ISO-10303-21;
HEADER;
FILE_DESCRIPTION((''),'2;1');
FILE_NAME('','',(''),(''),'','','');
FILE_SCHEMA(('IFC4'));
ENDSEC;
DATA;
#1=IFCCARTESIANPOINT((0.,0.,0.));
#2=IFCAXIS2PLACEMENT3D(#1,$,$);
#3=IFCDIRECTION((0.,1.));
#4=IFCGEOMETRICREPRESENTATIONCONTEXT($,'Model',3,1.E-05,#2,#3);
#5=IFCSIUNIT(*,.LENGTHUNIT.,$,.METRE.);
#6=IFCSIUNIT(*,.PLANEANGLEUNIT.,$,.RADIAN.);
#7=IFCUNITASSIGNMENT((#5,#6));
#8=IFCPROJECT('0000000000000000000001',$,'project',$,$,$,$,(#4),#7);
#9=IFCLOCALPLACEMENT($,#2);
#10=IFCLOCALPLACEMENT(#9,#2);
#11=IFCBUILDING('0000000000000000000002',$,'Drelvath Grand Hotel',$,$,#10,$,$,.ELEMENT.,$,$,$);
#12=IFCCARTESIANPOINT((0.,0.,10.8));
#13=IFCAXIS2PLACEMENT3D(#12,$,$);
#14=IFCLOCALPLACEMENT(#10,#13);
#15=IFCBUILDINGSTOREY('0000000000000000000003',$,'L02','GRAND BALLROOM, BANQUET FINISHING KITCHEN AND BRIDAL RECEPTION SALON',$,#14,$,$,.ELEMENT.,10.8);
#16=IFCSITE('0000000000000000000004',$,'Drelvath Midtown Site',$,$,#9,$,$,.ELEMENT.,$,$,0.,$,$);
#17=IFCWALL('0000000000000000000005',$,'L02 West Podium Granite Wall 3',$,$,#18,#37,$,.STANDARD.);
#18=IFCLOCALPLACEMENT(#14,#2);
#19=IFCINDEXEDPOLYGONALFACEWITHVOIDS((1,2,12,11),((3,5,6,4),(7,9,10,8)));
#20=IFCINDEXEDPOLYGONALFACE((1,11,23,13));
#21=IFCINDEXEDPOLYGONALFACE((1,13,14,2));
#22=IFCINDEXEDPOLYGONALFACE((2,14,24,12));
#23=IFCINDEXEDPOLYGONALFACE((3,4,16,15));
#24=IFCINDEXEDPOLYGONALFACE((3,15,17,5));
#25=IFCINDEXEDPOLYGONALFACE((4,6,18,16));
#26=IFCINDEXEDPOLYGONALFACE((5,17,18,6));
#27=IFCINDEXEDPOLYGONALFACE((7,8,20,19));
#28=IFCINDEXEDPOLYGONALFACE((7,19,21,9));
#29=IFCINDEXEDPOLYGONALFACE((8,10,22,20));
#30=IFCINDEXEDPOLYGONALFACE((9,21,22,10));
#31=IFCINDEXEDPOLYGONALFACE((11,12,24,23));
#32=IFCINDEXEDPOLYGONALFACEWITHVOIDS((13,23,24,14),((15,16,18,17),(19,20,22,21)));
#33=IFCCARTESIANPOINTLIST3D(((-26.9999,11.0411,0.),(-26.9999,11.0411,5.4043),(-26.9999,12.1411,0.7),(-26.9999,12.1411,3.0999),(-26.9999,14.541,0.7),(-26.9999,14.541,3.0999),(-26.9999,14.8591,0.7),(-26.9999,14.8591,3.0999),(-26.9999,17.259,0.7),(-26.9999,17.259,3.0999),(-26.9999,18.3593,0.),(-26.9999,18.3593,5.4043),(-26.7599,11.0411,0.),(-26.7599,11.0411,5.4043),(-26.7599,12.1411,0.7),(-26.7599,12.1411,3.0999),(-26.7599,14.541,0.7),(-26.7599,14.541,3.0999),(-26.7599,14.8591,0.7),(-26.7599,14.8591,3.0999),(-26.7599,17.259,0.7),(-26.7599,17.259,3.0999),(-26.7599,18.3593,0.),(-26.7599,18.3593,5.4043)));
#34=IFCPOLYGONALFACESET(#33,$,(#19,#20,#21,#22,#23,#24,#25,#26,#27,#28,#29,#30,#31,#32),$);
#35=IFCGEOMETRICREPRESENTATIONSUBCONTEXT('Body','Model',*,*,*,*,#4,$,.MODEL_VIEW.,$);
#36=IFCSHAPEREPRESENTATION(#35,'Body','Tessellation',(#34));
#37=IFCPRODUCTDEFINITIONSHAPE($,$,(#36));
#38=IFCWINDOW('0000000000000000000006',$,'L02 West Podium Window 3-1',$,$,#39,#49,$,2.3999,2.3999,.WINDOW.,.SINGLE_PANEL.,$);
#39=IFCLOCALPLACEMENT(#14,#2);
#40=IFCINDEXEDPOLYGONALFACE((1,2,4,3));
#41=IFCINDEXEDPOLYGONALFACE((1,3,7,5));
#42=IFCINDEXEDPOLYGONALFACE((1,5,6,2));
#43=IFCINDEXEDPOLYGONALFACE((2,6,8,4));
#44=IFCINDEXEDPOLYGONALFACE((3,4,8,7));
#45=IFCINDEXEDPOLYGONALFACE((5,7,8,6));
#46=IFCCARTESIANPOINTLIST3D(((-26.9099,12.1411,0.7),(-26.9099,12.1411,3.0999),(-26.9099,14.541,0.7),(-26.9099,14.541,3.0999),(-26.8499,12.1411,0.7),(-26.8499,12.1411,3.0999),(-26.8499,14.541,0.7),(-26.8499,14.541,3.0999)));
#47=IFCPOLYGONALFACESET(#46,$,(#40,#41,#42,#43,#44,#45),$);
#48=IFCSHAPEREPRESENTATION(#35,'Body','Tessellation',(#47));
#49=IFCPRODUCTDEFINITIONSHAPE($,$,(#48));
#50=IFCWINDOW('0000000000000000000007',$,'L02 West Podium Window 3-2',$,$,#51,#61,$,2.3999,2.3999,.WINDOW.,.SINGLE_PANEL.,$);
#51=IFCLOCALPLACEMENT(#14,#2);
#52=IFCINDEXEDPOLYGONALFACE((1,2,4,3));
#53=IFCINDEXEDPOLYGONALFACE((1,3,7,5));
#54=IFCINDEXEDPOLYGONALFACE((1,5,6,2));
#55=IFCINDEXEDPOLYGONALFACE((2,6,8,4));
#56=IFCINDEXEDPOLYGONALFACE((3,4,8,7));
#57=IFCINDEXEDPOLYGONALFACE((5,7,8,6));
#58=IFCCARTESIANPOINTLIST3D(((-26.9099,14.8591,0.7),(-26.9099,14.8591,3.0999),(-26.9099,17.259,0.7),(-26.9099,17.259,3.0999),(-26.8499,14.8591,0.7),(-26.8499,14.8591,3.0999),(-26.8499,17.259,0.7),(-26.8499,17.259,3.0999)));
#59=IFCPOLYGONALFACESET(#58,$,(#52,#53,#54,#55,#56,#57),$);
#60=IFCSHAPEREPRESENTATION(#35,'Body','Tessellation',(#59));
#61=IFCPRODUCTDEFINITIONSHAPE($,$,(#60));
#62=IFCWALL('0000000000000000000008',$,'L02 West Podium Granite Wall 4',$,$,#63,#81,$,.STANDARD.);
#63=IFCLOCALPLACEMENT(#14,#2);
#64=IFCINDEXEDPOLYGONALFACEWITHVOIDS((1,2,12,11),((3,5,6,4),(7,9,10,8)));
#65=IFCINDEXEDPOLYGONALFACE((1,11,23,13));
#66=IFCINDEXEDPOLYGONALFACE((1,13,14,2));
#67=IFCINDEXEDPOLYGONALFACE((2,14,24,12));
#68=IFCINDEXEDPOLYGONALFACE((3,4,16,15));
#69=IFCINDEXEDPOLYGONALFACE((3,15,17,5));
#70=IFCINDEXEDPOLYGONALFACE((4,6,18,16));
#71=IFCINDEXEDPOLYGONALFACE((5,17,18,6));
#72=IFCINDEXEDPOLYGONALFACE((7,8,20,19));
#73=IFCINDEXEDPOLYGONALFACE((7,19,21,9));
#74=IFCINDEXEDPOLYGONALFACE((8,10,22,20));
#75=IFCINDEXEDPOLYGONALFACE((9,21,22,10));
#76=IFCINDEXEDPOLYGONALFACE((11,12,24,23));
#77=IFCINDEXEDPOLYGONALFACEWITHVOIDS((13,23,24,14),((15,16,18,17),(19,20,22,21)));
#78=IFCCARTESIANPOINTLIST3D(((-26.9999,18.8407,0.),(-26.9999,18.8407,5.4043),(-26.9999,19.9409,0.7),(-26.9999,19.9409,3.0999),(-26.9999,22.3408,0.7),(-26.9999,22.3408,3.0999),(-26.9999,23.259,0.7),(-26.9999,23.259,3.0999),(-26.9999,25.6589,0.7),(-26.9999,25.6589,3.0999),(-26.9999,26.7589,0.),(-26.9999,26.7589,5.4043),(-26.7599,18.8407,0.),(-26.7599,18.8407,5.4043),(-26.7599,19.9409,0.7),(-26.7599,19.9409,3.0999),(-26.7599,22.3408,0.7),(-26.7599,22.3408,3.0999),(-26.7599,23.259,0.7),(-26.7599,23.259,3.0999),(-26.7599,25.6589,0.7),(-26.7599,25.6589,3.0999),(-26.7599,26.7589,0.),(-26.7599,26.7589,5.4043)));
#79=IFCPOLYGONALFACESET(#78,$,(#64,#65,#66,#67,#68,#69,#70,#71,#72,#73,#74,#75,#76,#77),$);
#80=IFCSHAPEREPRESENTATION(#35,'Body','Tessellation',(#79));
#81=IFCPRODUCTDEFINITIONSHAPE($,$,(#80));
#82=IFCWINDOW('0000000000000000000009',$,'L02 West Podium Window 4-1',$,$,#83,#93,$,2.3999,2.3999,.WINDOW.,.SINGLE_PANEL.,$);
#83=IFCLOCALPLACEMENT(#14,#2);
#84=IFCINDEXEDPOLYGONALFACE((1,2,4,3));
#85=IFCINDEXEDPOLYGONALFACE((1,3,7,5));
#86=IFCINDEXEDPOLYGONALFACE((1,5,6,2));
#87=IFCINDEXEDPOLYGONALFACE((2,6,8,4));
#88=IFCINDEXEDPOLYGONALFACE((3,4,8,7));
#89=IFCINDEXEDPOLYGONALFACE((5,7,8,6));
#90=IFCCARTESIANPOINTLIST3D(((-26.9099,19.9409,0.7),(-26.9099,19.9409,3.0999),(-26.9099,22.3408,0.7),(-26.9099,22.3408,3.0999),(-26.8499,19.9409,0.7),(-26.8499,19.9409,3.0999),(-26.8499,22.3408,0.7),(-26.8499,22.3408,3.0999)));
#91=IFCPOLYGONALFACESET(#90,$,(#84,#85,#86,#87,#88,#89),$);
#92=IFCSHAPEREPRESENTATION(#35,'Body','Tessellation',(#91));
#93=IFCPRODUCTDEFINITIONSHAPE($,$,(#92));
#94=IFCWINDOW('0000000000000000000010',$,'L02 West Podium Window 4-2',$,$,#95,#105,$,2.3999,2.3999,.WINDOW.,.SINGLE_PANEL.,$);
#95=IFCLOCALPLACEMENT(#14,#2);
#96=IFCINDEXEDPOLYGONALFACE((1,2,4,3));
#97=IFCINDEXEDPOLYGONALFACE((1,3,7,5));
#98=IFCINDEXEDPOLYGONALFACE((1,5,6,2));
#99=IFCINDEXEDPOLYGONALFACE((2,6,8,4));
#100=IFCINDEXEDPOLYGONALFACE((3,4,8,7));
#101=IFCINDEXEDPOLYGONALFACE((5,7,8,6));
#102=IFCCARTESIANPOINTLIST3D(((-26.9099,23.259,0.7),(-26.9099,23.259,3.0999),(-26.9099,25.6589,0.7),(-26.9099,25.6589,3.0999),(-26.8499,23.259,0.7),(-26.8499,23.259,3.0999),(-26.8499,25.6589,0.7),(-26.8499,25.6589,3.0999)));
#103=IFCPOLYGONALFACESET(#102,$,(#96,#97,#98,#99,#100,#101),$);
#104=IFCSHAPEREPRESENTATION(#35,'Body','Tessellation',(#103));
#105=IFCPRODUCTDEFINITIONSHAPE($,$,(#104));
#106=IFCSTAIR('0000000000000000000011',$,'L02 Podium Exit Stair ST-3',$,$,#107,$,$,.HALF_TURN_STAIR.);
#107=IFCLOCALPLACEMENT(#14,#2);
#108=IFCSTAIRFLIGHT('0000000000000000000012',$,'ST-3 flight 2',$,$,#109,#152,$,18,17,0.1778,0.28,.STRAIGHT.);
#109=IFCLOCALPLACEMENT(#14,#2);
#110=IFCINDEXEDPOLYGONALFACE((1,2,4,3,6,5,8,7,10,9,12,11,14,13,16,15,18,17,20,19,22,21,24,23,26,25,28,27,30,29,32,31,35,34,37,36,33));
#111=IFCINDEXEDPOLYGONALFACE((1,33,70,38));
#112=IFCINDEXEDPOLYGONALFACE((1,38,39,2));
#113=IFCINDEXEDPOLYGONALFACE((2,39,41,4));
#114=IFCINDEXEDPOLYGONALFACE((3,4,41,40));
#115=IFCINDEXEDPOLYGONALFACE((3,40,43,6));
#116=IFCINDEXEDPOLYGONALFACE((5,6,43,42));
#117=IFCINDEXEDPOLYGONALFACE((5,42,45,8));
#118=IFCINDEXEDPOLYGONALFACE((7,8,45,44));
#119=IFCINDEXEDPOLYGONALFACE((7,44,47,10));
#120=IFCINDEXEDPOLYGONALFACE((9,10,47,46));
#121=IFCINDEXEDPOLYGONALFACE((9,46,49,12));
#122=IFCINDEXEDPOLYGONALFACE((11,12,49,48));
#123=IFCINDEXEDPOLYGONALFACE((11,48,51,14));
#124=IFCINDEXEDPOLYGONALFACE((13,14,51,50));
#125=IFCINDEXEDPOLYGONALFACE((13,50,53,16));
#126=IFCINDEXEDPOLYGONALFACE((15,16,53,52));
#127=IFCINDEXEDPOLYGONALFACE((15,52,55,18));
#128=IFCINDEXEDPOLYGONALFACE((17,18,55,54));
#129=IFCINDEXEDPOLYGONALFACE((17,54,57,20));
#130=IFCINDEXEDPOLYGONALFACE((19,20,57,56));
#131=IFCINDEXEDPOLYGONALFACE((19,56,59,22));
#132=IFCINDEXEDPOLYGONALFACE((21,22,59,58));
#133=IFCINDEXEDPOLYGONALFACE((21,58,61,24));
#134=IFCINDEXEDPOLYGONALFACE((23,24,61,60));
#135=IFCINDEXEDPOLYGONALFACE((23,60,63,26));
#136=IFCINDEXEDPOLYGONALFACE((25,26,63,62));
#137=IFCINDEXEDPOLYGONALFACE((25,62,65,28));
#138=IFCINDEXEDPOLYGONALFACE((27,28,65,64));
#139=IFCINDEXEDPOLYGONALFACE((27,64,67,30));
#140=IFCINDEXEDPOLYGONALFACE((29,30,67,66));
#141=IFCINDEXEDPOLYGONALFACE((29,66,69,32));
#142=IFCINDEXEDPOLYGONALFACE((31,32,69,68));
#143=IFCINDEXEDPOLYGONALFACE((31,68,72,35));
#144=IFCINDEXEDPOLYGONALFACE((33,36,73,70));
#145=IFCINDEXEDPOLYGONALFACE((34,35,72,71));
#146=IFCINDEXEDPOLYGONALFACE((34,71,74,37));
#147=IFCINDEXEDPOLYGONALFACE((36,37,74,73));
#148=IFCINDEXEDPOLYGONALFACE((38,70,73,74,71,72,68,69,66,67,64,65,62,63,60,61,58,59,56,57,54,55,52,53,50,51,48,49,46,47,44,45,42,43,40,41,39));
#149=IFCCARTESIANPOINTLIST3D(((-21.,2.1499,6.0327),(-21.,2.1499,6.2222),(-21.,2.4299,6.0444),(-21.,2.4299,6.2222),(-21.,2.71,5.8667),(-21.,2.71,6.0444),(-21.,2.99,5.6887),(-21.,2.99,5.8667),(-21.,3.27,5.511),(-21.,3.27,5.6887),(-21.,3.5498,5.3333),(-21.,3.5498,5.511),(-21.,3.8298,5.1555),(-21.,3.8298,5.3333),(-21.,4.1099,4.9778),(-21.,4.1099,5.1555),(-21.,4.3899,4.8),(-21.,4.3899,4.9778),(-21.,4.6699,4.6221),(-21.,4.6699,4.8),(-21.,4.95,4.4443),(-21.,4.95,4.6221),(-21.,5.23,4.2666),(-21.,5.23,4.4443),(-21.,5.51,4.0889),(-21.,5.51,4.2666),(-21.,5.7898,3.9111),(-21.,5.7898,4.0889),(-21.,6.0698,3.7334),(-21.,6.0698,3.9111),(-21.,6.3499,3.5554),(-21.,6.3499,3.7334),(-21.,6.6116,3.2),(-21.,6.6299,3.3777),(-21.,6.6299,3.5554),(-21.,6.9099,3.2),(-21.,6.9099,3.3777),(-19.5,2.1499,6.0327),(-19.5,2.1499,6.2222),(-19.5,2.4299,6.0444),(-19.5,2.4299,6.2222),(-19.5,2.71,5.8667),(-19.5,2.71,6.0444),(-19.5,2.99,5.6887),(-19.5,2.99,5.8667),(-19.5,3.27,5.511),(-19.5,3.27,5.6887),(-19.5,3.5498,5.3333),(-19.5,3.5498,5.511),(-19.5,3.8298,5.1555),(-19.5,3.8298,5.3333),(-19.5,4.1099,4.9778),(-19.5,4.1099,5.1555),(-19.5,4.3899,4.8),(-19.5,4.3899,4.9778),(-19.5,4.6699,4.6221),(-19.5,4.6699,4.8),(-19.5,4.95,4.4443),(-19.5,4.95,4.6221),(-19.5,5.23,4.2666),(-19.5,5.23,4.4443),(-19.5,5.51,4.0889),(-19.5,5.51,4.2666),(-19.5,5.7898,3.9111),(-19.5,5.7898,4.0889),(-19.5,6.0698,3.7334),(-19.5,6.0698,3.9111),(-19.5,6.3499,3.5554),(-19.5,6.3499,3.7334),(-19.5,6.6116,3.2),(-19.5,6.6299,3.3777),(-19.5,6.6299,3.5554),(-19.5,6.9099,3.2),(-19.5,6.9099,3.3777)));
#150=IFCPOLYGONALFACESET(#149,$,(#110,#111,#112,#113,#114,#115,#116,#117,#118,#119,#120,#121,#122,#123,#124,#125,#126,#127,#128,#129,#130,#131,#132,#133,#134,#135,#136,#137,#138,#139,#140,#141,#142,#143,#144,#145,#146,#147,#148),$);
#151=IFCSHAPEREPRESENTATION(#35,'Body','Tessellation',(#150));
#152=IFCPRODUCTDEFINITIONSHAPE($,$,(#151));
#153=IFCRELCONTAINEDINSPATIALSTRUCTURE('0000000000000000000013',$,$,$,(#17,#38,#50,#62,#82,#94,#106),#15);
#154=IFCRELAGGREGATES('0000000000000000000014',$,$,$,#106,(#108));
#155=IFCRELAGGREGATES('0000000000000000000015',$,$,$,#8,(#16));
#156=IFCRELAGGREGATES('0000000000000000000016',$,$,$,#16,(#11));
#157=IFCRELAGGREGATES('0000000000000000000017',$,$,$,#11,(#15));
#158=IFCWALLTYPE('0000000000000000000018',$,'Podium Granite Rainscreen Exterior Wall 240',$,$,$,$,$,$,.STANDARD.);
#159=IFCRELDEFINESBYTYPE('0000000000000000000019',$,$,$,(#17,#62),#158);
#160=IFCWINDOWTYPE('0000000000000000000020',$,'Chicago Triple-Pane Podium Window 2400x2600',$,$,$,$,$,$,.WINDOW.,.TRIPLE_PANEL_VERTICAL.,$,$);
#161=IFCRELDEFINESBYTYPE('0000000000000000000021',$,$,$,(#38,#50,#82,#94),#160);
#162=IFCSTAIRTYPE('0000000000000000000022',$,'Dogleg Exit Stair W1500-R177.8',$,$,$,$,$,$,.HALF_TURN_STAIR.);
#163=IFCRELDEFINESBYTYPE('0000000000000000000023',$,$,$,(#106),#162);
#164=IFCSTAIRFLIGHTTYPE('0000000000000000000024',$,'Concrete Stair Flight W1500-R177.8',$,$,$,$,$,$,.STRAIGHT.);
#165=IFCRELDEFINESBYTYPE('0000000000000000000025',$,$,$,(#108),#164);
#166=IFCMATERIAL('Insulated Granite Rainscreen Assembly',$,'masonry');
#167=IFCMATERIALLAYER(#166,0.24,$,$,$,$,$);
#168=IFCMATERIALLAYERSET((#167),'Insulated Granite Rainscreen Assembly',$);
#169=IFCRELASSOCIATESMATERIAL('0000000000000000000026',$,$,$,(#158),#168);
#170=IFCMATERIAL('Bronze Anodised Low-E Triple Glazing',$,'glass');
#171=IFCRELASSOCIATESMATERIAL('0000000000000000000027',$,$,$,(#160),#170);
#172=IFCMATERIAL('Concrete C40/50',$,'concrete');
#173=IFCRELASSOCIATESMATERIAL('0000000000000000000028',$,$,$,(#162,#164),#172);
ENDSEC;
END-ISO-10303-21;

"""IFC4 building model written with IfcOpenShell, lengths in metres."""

from ifc_helpers import new_model, si_unit, direction, frame, frame_2d, origin, place, context, subcontext, project, spatial, polyline, rectangle, outline, extrude, material, layer, layer_set, type_object, element, fill, aggregate, save


model = new_model("IFC4")

# Units and contexts
model_context = context("Model", 3, precision=1e-05, world=origin(), true_north=direction((0.0, 1.0)))
body_context = subcontext(model_context, "Body", "Model", "MODEL_VIEW")
ifc_project = project(units=[si_unit("LENGTHUNIT", "METRE"), si_unit("PLANEANGLEUNIT", "RADIAN")], contexts=[model_context])

# Site, building, storey
site_placement = place(None, origin())
site = spatial("IfcSite", under=ifc_project, at=site_placement, Name="Drelvath Midtown Site", CompositionType="ELEMENT", RefElevation=0.0)
building_placement = place(site_placement, origin())
building = spatial("IfcBuilding", under=site, at=building_placement, Name="Drelvath Grand Hotel", CompositionType="ELEMENT")
storey_placement = place(building_placement, frame((0.0, 0.0, 10.8)))
storey = spatial("IfcBuildingStorey", under=building, at=storey_placement, Name="L02", Description="GRAND BALLROOM, BANQUET FINISHING KITCHEN AND BRIDAL RECEPTION SALON", CompositionType="ELEMENT", Elevation=10.8)

# Shared definitions
ifc_material_1 = material(Name="Concrete C40/50", Category="concrete")

# Shared definitions
ifc_material_2 = material(Name="Insulated Granite Rainscreen Assembly", Category="masonry")
ifc_layer_1 = layer(ifc_material_2, 0.24)
ifc_layer_set_1 = layer_set([ifc_layer_1], Name="Insulated Granite Rainscreen Assembly")
wall_type_1 = type_object("IfcWallType", Name="Podium Granite Rainscreen Exterior Wall 240", PredefinedType="STANDARD", material=ifc_layer_set_1)
ifc_material_3 = material(Name="Bronze Anodised Low-E Triple Glazing", Category="glass")

# Walls, openings, windows
wall_1_placement = place(storey_placement, frame((-26.8799, 11.041, 0.0), z_axis=(0.0, 0.0, 1.0), x_axis=(0.0, 1.0, 0.0)))
wall_1 = element("IfcWall", 1, at=wall_1_placement, inside=storey, type_object=wall_type_1, Name="L02 West Podium Granite Wall 3", PredefinedType="STANDARD", context=body_context, shape_type="SweptSolid", body=[
    extrude(rectangle(XDim=7.3181, YDim=0.24, at=frame_2d((3.6592, 0.0))), origin(), (0.0, 0.0, 1.0), 5.4043),
])
opening_1_placement = place(wall_1_placement, frame((1.1001, 0.0, 0.7)))
opening_1 = element("IfcOpeningElement", 2, at=opening_1_placement, cuts=wall_1, PredefinedType="OPENING", context=body_context, shape_type="SweptSolid", body=[
    extrude(rectangle(XDim=2.3999, YDim=2.3999, at=frame_2d((1.2, 1.2))), frame((0.0, 0.1299, 0.0), z_axis=(0.0, -1.0, 0.0), x_axis=(1.0, 0.0, 0.0)), (0.0, 0.0, 1.0), 0.26),
])
opening_2_placement = place(wall_1_placement, frame((3.8181, 0.0, 0.7)))
opening_2 = element("IfcOpeningElement", 3, at=opening_2_placement, cuts=wall_1, PredefinedType="OPENING", context=body_context, shape_type="SweptSolid", body=[
    extrude(rectangle(XDim=2.3999, YDim=2.3999, at=frame_2d((1.2, 1.2))), frame((0.0, 0.1299, 0.0), z_axis=(0.0, -1.0, 0.0), x_axis=(1.0, 0.0, 0.0)), (0.0, 0.0, 1.0), 0.26),
])
window_type_1 = type_object("IfcWindowType", Name="Chicago Triple-Pane Podium Window 2400x2600", PartitioningType="TRIPLE_PANEL_VERTICAL", PredefinedType="WINDOW", material=ifc_material_3)
window_1_placement = place(opening_1_placement, origin())
window_1 = element("IfcWindow", 4, at=window_1_placement, inside=storey, type_object=window_type_1, Name="L02 West Podium Window 3-1", OverallHeight=2.3999, OverallWidth=2.3999, PartitioningType="SINGLE_PANEL", PredefinedType="WINDOW", context=body_context, shape_type="SweptSolid", body=[
    extrude(rectangle(XDim=2.3999, YDim=2.3999, at=frame_2d((1.2, 1.2))), frame((0.0, 0.03, 0.0), z_axis=(0.0, -1.0, 0.0), x_axis=(1.0, 0.0, 0.0)), (0.0, 0.0, 1.0), 0.0601),
])
fill(opening_1, window_1)
window_2_placement = place(opening_2_placement, origin())
window_2 = element("IfcWindow", 5, at=window_2_placement, inside=storey, type_object=window_type_1, Name="L02 West Podium Window 3-2", OverallHeight=2.3999, OverallWidth=2.3999, PartitioningType="SINGLE_PANEL", PredefinedType="WINDOW", context=body_context, shape_type="SweptSolid", body=[
    extrude(rectangle(XDim=2.3999, YDim=2.3999, at=frame_2d((1.2, 1.2))), frame((0.0, 0.03, 0.0), z_axis=(0.0, -1.0, 0.0), x_axis=(1.0, 0.0, 0.0)), (0.0, 0.0, 1.0), 0.0601),
])
fill(opening_2, window_2)
wall_2_placement = place(storey_placement, frame((-26.8799, 18.8408, 0.0), z_axis=(0.0, 0.0, 1.0), x_axis=(0.0, 1.0, 0.0)))
wall_2 = element("IfcWall", 6, at=wall_2_placement, inside=storey, type_object=wall_type_1, Name="L02 West Podium Granite Wall 4", PredefinedType="STANDARD", context=body_context, shape_type="SweptSolid", body=[
    extrude(rectangle(XDim=7.9182, YDim=0.24, at=frame_2d((3.959, 0.0))), origin(), (0.0, 0.0, 1.0), 5.4043),
])
opening_3_placement = place(wall_2_placement, frame((1.1001, 0.0, 0.7)))
opening_3 = element("IfcOpeningElement", 7, at=opening_3_placement, cuts=wall_2, PredefinedType="OPENING", context=body_context, shape_type="SweptSolid", body=[
    extrude(rectangle(XDim=2.3999, YDim=2.3999, at=frame_2d((1.2, 1.2))), frame((0.0, 0.1299, 0.0), z_axis=(0.0, -1.0, 0.0), x_axis=(1.0, 0.0, 0.0)), (0.0, 0.0, 1.0), 0.26),
])
opening_4_placement = place(wall_2_placement, frame((4.4182, 0.0, 0.7)))
opening_4 = element("IfcOpeningElement", 8, at=opening_4_placement, cuts=wall_2, PredefinedType="OPENING", context=body_context, shape_type="SweptSolid", body=[
    extrude(rectangle(XDim=2.3999, YDim=2.3999, at=frame_2d((1.2, 1.2))), frame((0.0, 0.1299, 0.0), z_axis=(0.0, -1.0, 0.0), x_axis=(1.0, 0.0, 0.0)), (0.0, 0.0, 1.0), 0.26),
])
window_3_placement = place(opening_3_placement, origin())
window_3 = element("IfcWindow", 9, at=window_3_placement, inside=storey, type_object=window_type_1, Name="L02 West Podium Window 4-1", OverallHeight=2.3999, OverallWidth=2.3999, PartitioningType="SINGLE_PANEL", PredefinedType="WINDOW", context=body_context, shape_type="SweptSolid", body=[
    extrude(rectangle(XDim=2.3999, YDim=2.3999, at=frame_2d((1.2, 1.2))), frame((0.0, 0.03, 0.0), z_axis=(0.0, -1.0, 0.0), x_axis=(1.0, 0.0, 0.0)), (0.0, 0.0, 1.0), 0.0601),
])
fill(opening_3, window_3)
window_4_placement = place(opening_4_placement, origin())
window_4 = element("IfcWindow", 10, at=window_4_placement, inside=storey, type_object=window_type_1, Name="L02 West Podium Window 4-2", OverallHeight=2.3999, OverallWidth=2.3999, PartitioningType="SINGLE_PANEL", PredefinedType="WINDOW", context=body_context, shape_type="SweptSolid", body=[
    extrude(rectangle(XDim=2.3999, YDim=2.3999, at=frame_2d((1.2, 1.2))), frame((0.0, 0.03, 0.0), z_axis=(0.0, -1.0, 0.0), x_axis=(1.0, 0.0, 0.0)), (0.0, 0.0, 1.0), 0.0601),
])
fill(opening_4, window_4)

# Stair, stair flight
stair_type = type_object("IfcStairType", Name="Dogleg Exit Stair W1500-R177.8", PredefinedType="HALF_TURN_STAIR", material=ifc_material_1)
stair_placement = place(storey_placement, origin())
stair = element("IfcStair", 11, at=stair_placement, inside=storey, type_object=stair_type, Name="L02 Podium Exit Stair ST-3", PredefinedType="HALF_TURN_STAIR")
stair_flight_type = type_object("IfcStairFlightType", Name="Concrete Stair Flight W1500-R177.8", PredefinedType="STRAIGHT", material=ifc_material_1)
stair_flight_placement = place(storey_placement, frame((-20.25, 6.9099, 3.2), z_axis=(0.0, 0.0, 1.0), x_axis=(0.0, -1.0, 0.0)))
stair_flight = element("IfcStairFlight", 12, at=stair_flight_placement, type_object=stair_flight_type, Name="ST-3 flight 2", NumberOfRisers=18, NumberOfTreads=17, PredefinedType="STRAIGHT", RiserHeight=0.1778, TreadLength=0.28, context=body_context, shape_type="SweptSolid", body=[
    extrude(outline(polyline([(0.0, 0.0), (0.0, 0.1777), (0.28, 0.1777), (0.28, 0.3555), (0.5601, 0.3555), (0.5601, 0.5334), (0.8401, 0.5334), (0.8401, 0.7112), (1.1201, 0.7112), (1.1201, 0.8889), (1.3999, 0.8889), (1.3999, 1.0667), (1.6799, 1.0667), (1.6799, 1.2444), (1.96, 1.2444), (1.96, 1.4221), (2.24, 1.4221), (2.24, 1.6001), (2.52, 1.6001), (2.52, 1.7778), (2.8, 1.7778), (2.8, 1.9556), (3.0801, 1.9556), (3.0801, 2.1333), (3.3601, 2.1333), (3.3601, 2.311), (3.6399, 2.311), (3.6399, 2.4888), (3.9199, 2.4888), (3.9199, 2.6667), (4.2, 2.6667), (4.2, 2.8445), (4.48, 2.8445), (4.48, 3.0222), (4.76, 3.0222), (4.76, 3.2), (4.76, 2.8328), (0.2983, 0.0), (0.0, 0.0)])), frame((0.0, 0.75, 0.0), z_axis=(0.0, -1.0, 0.0), x_axis=(1.0, 0.0, 0.0)), (0.0, 0.0, 1.0), 1.5),
])
aggregate(stair, [stair_flight])

save(model, "model.ifc")
